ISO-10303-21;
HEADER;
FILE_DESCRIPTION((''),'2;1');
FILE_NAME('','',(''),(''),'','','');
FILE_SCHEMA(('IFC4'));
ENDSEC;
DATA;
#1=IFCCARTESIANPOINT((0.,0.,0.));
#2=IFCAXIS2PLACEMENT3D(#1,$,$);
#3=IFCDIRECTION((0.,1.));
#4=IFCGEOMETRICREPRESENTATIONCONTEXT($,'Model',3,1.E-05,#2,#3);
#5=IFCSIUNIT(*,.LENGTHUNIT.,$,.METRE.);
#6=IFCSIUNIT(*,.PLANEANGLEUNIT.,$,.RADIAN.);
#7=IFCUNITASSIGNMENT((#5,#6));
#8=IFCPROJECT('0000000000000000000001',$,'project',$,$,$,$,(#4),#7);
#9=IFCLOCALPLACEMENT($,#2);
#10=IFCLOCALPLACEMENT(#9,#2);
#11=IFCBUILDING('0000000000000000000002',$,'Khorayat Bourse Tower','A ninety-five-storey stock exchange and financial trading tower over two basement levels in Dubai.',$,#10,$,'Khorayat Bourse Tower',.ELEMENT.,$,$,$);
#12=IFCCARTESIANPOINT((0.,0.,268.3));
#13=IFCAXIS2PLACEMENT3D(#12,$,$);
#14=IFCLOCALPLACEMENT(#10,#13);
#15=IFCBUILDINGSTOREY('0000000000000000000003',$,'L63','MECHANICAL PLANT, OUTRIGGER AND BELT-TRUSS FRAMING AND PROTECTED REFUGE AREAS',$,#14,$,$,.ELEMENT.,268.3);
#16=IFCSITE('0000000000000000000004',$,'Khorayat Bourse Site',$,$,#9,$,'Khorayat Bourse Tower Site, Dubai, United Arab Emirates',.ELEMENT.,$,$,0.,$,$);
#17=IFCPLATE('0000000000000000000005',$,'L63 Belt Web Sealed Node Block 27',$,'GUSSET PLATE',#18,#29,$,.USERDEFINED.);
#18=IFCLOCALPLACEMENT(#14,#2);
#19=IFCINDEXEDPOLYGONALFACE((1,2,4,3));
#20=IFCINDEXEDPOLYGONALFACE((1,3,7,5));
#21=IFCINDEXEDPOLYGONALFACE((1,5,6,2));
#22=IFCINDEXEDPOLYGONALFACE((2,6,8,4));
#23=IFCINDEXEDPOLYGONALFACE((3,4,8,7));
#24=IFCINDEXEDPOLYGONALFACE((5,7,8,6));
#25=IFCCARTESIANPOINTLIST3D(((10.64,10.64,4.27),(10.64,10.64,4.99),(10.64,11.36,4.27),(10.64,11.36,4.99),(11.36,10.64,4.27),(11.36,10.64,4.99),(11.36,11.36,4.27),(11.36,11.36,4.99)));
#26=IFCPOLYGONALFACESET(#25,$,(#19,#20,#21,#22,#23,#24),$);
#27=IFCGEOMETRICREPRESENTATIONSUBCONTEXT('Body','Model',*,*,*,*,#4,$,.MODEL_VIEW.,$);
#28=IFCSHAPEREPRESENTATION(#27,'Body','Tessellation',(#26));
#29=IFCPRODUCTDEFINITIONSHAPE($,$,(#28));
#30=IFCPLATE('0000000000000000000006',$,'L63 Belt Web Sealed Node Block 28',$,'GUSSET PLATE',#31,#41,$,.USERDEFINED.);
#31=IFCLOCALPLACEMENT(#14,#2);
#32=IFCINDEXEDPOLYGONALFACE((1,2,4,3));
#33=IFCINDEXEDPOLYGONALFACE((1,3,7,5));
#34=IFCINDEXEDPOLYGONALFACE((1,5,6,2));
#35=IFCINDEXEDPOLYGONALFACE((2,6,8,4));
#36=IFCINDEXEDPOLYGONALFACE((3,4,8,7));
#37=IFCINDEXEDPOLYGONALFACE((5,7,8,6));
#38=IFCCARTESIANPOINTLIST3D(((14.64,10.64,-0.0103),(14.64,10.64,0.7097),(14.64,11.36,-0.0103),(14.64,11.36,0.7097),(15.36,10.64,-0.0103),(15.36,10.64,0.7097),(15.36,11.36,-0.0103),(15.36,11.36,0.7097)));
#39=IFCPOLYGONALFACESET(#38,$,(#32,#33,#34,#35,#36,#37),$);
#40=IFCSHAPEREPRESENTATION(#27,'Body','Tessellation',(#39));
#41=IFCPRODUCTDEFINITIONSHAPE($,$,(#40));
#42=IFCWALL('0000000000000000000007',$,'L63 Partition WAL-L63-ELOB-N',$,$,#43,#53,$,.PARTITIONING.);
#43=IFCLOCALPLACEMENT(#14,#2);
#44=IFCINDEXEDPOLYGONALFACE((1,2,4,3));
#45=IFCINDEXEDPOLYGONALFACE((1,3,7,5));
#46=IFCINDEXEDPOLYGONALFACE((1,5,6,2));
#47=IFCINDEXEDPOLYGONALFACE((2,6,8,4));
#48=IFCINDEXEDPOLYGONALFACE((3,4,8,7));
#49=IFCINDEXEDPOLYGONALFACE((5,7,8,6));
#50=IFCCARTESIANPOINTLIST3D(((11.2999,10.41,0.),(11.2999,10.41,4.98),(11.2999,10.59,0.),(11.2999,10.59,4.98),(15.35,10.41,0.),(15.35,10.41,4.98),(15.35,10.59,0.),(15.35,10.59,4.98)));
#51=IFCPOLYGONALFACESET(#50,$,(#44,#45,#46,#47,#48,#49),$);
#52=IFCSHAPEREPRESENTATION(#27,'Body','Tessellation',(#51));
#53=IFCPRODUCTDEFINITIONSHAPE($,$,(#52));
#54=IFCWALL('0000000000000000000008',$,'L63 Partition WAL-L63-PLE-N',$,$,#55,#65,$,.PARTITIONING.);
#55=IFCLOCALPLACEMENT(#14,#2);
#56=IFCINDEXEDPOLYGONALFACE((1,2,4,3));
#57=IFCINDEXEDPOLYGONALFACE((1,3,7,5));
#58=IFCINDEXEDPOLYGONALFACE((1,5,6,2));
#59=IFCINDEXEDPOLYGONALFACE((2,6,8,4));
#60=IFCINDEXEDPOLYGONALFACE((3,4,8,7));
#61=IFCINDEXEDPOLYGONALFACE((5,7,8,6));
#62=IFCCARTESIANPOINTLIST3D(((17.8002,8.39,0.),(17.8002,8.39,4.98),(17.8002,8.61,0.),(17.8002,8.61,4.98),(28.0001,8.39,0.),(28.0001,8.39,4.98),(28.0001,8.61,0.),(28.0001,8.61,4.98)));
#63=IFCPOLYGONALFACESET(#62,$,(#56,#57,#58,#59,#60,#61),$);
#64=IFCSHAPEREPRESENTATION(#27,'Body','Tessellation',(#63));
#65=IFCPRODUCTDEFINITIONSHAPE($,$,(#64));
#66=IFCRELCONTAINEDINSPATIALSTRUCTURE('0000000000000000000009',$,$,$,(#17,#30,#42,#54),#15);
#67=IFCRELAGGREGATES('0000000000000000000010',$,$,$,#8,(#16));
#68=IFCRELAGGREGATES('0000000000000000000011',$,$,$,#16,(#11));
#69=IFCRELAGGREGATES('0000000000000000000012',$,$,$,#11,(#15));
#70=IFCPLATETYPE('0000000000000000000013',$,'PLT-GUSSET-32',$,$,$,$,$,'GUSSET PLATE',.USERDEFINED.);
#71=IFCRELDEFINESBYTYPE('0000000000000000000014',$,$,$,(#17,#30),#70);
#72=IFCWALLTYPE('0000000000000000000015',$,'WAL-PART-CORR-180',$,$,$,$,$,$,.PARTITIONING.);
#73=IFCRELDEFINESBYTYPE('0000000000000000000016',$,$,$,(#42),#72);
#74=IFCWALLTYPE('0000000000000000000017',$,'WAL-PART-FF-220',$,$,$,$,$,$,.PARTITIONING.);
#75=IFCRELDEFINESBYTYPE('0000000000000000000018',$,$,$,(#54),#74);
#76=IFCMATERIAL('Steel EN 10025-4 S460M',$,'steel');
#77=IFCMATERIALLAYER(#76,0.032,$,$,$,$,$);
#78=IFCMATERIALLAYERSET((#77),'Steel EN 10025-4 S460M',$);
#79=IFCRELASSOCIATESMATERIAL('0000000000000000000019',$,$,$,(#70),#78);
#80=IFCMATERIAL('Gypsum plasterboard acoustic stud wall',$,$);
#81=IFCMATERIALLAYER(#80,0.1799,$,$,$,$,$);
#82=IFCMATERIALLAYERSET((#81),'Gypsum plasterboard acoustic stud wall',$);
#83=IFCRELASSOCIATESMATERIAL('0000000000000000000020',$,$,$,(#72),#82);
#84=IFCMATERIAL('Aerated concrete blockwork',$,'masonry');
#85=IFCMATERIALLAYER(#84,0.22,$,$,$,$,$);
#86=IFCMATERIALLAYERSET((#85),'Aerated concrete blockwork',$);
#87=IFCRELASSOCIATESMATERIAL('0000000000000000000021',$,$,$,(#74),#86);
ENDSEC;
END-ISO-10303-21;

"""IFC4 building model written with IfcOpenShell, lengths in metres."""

from ifc_helpers import new_model, si_unit, direction, frame, frame_2d, origin, origin_2d, place, context, subcontext, project, spatial, rectangle, extrude, source, transform, mapped, material, layer, layer_set, type_object, element, save


model = new_model("IFC4")

# Units and contexts
model_context = context("Model", 3, precision=1e-05, world=origin(), true_north=direction((0.0, 1.0)))
body_context = subcontext(model_context, "Body", "Model", "MODEL_VIEW")
ifc_project = project(units=[si_unit("LENGTHUNIT", "METRE"), si_unit("PLANEANGLEUNIT", "RADIAN")], contexts=[model_context])

# Site, building, storey
site_placement = place(None, origin())
site = spatial("IfcSite", under=ifc_project, at=site_placement, Name="Khorayat Bourse Site", LongName="Khorayat Bourse Tower Site, Dubai, United Arab Emirates", CompositionType="ELEMENT", RefElevation=0.0)
building_placement = place(site_placement, origin())
building = spatial("IfcBuilding", under=site, at=building_placement, Name="Khorayat Bourse Tower", Description="A ninety-five-storey stock exchange and financial trading tower over two basement levels in Dubai.", LongName="Khorayat Bourse Tower", CompositionType="ELEMENT")
storey_placement = place(building_placement, frame((0.0, 0.0, 268.3)))
storey = spatial("IfcBuildingStorey", under=building, at=storey_placement, Name="L63", Description="MECHANICAL PLANT, OUTRIGGER AND BELT-TRUSS FRAMING AND PROTECTED REFUGE AREAS", CompositionType="ELEMENT", Elevation=268.3)

# Shared definitions
ifc_material_1 = material(Name="Steel EN 10025-4 S460M", Category="steel")

# Plates
ifc_layer_1 = layer(ifc_material_1, 0.032)
ifc_layer_set_1 = layer_set([ifc_layer_1], Name="Steel EN 10025-4 S460M")
plate_type_1 = type_object("IfcPlateType", Name="PLT-GUSSET-32", ElementType="GUSSET PLATE", PredefinedType="USERDEFINED", material=ifc_layer_set_1)
shared_shape_1 = source(origin(), body_context, "Body", "SweptSolid", [
    extrude(rectangle(XDim=0.72, YDim=0.72, at=origin_2d()), origin(), (0.0, 0.0, 1.0), 0.72),
])
for number, where, z_axis, x_axis, name in (
    (1, (11.0, 11.0, 4.27), (0.0, 0.0, 1.0), (1.0, 0.0, 0.0), "L63 Belt Web Sealed Node Block 27"),
    (2, (15.0, 11.0, -0.0103), (0.0, 0.0, 1.0), (1.0, 0.0, 0.0), "L63 Belt Web Sealed Node Block 28"),
):
    element("IfcPlate", number, at=place(storey_placement, frame(where, z_axis=z_axis, x_axis=x_axis)), inside=storey, type_object=plate_type_1, Name=name, ObjectType="GUSSET PLATE", PredefinedType="USERDEFINED", context=body_context, shape_type="MappedRepresentation", body=[
        mapped(shared_shape_1, transform((0.0, 0.0, 0.0), scale=1.0)),
    ])

# Walls
ifc_material_2 = material(Name="Gypsum plasterboard acoustic stud wall")
ifc_layer_2 = layer(ifc_material_2, 0.1799)
ifc_layer_set_2 = layer_set([ifc_layer_2], Name="Gypsum plasterboard acoustic stud wall")
wall_type_1 = type_object("IfcWallType", Name="WAL-PART-CORR-180", PredefinedType="PARTITIONING", material=ifc_layer_set_2)
shared_shape_2 = source(origin(), body_context, "Body", "SweptSolid", [
    extrude(rectangle(XDim=4.05, YDim=0.1799, at=frame_2d((2.0249, 0.0))), origin(), (0.0, 0.0, 1.0), 4.98),
])
wall_1_placement = place(storey_placement, frame((11.3, 10.5, 0.0), z_axis=(0.0, 0.0, 1.0), x_axis=(1.0, 0.0, 0.0)))
element("IfcWall", 3, at=wall_1_placement, inside=storey, type_object=wall_type_1, Name="L63 Partition WAL-L63-ELOB-N", PredefinedType="PARTITIONING", context=body_context, shape_type="MappedRepresentation", body=[
    mapped(shared_shape_2, transform((0.0, 0.0, 0.0), scale=1.0)),
])
ifc_material_3 = material(Name="Aerated concrete blockwork", Category="masonry")
ifc_layer_3 = layer(ifc_material_3, 0.22)
ifc_layer_set_3 = layer_set([ifc_layer_3], Name="Aerated concrete blockwork")
wall_type_2 = type_object("IfcWallType", Name="WAL-PART-FF-220", PredefinedType="PARTITIONING", material=ifc_layer_set_3)
shared_shape_3 = source(origin(), body_context, "Body", "SweptSolid", [
    extrude(rectangle(XDim=10.2, YDim=0.22, at=frame_2d((5.1001, 0.0))), origin(), (0.0, 0.0, 1.0), 4.98),
])
wall_2_placement = place(storey_placement, frame((17.8, 8.5, 0.0), z_axis=(0.0, 0.0, 1.0), x_axis=(1.0, 0.0, 0.0)))
element("IfcWall", 4, at=wall_2_placement, inside=storey, type_object=wall_type_2, Name="L63 Partition WAL-L63-PLE-N", PredefinedType="PARTITIONING", context=body_context, shape_type="MappedRepresentation", body=[
    mapped(shared_shape_3, transform((0.0, 0.0, 0.0), scale=1.0)),
])

save(model, "model.ifc")
